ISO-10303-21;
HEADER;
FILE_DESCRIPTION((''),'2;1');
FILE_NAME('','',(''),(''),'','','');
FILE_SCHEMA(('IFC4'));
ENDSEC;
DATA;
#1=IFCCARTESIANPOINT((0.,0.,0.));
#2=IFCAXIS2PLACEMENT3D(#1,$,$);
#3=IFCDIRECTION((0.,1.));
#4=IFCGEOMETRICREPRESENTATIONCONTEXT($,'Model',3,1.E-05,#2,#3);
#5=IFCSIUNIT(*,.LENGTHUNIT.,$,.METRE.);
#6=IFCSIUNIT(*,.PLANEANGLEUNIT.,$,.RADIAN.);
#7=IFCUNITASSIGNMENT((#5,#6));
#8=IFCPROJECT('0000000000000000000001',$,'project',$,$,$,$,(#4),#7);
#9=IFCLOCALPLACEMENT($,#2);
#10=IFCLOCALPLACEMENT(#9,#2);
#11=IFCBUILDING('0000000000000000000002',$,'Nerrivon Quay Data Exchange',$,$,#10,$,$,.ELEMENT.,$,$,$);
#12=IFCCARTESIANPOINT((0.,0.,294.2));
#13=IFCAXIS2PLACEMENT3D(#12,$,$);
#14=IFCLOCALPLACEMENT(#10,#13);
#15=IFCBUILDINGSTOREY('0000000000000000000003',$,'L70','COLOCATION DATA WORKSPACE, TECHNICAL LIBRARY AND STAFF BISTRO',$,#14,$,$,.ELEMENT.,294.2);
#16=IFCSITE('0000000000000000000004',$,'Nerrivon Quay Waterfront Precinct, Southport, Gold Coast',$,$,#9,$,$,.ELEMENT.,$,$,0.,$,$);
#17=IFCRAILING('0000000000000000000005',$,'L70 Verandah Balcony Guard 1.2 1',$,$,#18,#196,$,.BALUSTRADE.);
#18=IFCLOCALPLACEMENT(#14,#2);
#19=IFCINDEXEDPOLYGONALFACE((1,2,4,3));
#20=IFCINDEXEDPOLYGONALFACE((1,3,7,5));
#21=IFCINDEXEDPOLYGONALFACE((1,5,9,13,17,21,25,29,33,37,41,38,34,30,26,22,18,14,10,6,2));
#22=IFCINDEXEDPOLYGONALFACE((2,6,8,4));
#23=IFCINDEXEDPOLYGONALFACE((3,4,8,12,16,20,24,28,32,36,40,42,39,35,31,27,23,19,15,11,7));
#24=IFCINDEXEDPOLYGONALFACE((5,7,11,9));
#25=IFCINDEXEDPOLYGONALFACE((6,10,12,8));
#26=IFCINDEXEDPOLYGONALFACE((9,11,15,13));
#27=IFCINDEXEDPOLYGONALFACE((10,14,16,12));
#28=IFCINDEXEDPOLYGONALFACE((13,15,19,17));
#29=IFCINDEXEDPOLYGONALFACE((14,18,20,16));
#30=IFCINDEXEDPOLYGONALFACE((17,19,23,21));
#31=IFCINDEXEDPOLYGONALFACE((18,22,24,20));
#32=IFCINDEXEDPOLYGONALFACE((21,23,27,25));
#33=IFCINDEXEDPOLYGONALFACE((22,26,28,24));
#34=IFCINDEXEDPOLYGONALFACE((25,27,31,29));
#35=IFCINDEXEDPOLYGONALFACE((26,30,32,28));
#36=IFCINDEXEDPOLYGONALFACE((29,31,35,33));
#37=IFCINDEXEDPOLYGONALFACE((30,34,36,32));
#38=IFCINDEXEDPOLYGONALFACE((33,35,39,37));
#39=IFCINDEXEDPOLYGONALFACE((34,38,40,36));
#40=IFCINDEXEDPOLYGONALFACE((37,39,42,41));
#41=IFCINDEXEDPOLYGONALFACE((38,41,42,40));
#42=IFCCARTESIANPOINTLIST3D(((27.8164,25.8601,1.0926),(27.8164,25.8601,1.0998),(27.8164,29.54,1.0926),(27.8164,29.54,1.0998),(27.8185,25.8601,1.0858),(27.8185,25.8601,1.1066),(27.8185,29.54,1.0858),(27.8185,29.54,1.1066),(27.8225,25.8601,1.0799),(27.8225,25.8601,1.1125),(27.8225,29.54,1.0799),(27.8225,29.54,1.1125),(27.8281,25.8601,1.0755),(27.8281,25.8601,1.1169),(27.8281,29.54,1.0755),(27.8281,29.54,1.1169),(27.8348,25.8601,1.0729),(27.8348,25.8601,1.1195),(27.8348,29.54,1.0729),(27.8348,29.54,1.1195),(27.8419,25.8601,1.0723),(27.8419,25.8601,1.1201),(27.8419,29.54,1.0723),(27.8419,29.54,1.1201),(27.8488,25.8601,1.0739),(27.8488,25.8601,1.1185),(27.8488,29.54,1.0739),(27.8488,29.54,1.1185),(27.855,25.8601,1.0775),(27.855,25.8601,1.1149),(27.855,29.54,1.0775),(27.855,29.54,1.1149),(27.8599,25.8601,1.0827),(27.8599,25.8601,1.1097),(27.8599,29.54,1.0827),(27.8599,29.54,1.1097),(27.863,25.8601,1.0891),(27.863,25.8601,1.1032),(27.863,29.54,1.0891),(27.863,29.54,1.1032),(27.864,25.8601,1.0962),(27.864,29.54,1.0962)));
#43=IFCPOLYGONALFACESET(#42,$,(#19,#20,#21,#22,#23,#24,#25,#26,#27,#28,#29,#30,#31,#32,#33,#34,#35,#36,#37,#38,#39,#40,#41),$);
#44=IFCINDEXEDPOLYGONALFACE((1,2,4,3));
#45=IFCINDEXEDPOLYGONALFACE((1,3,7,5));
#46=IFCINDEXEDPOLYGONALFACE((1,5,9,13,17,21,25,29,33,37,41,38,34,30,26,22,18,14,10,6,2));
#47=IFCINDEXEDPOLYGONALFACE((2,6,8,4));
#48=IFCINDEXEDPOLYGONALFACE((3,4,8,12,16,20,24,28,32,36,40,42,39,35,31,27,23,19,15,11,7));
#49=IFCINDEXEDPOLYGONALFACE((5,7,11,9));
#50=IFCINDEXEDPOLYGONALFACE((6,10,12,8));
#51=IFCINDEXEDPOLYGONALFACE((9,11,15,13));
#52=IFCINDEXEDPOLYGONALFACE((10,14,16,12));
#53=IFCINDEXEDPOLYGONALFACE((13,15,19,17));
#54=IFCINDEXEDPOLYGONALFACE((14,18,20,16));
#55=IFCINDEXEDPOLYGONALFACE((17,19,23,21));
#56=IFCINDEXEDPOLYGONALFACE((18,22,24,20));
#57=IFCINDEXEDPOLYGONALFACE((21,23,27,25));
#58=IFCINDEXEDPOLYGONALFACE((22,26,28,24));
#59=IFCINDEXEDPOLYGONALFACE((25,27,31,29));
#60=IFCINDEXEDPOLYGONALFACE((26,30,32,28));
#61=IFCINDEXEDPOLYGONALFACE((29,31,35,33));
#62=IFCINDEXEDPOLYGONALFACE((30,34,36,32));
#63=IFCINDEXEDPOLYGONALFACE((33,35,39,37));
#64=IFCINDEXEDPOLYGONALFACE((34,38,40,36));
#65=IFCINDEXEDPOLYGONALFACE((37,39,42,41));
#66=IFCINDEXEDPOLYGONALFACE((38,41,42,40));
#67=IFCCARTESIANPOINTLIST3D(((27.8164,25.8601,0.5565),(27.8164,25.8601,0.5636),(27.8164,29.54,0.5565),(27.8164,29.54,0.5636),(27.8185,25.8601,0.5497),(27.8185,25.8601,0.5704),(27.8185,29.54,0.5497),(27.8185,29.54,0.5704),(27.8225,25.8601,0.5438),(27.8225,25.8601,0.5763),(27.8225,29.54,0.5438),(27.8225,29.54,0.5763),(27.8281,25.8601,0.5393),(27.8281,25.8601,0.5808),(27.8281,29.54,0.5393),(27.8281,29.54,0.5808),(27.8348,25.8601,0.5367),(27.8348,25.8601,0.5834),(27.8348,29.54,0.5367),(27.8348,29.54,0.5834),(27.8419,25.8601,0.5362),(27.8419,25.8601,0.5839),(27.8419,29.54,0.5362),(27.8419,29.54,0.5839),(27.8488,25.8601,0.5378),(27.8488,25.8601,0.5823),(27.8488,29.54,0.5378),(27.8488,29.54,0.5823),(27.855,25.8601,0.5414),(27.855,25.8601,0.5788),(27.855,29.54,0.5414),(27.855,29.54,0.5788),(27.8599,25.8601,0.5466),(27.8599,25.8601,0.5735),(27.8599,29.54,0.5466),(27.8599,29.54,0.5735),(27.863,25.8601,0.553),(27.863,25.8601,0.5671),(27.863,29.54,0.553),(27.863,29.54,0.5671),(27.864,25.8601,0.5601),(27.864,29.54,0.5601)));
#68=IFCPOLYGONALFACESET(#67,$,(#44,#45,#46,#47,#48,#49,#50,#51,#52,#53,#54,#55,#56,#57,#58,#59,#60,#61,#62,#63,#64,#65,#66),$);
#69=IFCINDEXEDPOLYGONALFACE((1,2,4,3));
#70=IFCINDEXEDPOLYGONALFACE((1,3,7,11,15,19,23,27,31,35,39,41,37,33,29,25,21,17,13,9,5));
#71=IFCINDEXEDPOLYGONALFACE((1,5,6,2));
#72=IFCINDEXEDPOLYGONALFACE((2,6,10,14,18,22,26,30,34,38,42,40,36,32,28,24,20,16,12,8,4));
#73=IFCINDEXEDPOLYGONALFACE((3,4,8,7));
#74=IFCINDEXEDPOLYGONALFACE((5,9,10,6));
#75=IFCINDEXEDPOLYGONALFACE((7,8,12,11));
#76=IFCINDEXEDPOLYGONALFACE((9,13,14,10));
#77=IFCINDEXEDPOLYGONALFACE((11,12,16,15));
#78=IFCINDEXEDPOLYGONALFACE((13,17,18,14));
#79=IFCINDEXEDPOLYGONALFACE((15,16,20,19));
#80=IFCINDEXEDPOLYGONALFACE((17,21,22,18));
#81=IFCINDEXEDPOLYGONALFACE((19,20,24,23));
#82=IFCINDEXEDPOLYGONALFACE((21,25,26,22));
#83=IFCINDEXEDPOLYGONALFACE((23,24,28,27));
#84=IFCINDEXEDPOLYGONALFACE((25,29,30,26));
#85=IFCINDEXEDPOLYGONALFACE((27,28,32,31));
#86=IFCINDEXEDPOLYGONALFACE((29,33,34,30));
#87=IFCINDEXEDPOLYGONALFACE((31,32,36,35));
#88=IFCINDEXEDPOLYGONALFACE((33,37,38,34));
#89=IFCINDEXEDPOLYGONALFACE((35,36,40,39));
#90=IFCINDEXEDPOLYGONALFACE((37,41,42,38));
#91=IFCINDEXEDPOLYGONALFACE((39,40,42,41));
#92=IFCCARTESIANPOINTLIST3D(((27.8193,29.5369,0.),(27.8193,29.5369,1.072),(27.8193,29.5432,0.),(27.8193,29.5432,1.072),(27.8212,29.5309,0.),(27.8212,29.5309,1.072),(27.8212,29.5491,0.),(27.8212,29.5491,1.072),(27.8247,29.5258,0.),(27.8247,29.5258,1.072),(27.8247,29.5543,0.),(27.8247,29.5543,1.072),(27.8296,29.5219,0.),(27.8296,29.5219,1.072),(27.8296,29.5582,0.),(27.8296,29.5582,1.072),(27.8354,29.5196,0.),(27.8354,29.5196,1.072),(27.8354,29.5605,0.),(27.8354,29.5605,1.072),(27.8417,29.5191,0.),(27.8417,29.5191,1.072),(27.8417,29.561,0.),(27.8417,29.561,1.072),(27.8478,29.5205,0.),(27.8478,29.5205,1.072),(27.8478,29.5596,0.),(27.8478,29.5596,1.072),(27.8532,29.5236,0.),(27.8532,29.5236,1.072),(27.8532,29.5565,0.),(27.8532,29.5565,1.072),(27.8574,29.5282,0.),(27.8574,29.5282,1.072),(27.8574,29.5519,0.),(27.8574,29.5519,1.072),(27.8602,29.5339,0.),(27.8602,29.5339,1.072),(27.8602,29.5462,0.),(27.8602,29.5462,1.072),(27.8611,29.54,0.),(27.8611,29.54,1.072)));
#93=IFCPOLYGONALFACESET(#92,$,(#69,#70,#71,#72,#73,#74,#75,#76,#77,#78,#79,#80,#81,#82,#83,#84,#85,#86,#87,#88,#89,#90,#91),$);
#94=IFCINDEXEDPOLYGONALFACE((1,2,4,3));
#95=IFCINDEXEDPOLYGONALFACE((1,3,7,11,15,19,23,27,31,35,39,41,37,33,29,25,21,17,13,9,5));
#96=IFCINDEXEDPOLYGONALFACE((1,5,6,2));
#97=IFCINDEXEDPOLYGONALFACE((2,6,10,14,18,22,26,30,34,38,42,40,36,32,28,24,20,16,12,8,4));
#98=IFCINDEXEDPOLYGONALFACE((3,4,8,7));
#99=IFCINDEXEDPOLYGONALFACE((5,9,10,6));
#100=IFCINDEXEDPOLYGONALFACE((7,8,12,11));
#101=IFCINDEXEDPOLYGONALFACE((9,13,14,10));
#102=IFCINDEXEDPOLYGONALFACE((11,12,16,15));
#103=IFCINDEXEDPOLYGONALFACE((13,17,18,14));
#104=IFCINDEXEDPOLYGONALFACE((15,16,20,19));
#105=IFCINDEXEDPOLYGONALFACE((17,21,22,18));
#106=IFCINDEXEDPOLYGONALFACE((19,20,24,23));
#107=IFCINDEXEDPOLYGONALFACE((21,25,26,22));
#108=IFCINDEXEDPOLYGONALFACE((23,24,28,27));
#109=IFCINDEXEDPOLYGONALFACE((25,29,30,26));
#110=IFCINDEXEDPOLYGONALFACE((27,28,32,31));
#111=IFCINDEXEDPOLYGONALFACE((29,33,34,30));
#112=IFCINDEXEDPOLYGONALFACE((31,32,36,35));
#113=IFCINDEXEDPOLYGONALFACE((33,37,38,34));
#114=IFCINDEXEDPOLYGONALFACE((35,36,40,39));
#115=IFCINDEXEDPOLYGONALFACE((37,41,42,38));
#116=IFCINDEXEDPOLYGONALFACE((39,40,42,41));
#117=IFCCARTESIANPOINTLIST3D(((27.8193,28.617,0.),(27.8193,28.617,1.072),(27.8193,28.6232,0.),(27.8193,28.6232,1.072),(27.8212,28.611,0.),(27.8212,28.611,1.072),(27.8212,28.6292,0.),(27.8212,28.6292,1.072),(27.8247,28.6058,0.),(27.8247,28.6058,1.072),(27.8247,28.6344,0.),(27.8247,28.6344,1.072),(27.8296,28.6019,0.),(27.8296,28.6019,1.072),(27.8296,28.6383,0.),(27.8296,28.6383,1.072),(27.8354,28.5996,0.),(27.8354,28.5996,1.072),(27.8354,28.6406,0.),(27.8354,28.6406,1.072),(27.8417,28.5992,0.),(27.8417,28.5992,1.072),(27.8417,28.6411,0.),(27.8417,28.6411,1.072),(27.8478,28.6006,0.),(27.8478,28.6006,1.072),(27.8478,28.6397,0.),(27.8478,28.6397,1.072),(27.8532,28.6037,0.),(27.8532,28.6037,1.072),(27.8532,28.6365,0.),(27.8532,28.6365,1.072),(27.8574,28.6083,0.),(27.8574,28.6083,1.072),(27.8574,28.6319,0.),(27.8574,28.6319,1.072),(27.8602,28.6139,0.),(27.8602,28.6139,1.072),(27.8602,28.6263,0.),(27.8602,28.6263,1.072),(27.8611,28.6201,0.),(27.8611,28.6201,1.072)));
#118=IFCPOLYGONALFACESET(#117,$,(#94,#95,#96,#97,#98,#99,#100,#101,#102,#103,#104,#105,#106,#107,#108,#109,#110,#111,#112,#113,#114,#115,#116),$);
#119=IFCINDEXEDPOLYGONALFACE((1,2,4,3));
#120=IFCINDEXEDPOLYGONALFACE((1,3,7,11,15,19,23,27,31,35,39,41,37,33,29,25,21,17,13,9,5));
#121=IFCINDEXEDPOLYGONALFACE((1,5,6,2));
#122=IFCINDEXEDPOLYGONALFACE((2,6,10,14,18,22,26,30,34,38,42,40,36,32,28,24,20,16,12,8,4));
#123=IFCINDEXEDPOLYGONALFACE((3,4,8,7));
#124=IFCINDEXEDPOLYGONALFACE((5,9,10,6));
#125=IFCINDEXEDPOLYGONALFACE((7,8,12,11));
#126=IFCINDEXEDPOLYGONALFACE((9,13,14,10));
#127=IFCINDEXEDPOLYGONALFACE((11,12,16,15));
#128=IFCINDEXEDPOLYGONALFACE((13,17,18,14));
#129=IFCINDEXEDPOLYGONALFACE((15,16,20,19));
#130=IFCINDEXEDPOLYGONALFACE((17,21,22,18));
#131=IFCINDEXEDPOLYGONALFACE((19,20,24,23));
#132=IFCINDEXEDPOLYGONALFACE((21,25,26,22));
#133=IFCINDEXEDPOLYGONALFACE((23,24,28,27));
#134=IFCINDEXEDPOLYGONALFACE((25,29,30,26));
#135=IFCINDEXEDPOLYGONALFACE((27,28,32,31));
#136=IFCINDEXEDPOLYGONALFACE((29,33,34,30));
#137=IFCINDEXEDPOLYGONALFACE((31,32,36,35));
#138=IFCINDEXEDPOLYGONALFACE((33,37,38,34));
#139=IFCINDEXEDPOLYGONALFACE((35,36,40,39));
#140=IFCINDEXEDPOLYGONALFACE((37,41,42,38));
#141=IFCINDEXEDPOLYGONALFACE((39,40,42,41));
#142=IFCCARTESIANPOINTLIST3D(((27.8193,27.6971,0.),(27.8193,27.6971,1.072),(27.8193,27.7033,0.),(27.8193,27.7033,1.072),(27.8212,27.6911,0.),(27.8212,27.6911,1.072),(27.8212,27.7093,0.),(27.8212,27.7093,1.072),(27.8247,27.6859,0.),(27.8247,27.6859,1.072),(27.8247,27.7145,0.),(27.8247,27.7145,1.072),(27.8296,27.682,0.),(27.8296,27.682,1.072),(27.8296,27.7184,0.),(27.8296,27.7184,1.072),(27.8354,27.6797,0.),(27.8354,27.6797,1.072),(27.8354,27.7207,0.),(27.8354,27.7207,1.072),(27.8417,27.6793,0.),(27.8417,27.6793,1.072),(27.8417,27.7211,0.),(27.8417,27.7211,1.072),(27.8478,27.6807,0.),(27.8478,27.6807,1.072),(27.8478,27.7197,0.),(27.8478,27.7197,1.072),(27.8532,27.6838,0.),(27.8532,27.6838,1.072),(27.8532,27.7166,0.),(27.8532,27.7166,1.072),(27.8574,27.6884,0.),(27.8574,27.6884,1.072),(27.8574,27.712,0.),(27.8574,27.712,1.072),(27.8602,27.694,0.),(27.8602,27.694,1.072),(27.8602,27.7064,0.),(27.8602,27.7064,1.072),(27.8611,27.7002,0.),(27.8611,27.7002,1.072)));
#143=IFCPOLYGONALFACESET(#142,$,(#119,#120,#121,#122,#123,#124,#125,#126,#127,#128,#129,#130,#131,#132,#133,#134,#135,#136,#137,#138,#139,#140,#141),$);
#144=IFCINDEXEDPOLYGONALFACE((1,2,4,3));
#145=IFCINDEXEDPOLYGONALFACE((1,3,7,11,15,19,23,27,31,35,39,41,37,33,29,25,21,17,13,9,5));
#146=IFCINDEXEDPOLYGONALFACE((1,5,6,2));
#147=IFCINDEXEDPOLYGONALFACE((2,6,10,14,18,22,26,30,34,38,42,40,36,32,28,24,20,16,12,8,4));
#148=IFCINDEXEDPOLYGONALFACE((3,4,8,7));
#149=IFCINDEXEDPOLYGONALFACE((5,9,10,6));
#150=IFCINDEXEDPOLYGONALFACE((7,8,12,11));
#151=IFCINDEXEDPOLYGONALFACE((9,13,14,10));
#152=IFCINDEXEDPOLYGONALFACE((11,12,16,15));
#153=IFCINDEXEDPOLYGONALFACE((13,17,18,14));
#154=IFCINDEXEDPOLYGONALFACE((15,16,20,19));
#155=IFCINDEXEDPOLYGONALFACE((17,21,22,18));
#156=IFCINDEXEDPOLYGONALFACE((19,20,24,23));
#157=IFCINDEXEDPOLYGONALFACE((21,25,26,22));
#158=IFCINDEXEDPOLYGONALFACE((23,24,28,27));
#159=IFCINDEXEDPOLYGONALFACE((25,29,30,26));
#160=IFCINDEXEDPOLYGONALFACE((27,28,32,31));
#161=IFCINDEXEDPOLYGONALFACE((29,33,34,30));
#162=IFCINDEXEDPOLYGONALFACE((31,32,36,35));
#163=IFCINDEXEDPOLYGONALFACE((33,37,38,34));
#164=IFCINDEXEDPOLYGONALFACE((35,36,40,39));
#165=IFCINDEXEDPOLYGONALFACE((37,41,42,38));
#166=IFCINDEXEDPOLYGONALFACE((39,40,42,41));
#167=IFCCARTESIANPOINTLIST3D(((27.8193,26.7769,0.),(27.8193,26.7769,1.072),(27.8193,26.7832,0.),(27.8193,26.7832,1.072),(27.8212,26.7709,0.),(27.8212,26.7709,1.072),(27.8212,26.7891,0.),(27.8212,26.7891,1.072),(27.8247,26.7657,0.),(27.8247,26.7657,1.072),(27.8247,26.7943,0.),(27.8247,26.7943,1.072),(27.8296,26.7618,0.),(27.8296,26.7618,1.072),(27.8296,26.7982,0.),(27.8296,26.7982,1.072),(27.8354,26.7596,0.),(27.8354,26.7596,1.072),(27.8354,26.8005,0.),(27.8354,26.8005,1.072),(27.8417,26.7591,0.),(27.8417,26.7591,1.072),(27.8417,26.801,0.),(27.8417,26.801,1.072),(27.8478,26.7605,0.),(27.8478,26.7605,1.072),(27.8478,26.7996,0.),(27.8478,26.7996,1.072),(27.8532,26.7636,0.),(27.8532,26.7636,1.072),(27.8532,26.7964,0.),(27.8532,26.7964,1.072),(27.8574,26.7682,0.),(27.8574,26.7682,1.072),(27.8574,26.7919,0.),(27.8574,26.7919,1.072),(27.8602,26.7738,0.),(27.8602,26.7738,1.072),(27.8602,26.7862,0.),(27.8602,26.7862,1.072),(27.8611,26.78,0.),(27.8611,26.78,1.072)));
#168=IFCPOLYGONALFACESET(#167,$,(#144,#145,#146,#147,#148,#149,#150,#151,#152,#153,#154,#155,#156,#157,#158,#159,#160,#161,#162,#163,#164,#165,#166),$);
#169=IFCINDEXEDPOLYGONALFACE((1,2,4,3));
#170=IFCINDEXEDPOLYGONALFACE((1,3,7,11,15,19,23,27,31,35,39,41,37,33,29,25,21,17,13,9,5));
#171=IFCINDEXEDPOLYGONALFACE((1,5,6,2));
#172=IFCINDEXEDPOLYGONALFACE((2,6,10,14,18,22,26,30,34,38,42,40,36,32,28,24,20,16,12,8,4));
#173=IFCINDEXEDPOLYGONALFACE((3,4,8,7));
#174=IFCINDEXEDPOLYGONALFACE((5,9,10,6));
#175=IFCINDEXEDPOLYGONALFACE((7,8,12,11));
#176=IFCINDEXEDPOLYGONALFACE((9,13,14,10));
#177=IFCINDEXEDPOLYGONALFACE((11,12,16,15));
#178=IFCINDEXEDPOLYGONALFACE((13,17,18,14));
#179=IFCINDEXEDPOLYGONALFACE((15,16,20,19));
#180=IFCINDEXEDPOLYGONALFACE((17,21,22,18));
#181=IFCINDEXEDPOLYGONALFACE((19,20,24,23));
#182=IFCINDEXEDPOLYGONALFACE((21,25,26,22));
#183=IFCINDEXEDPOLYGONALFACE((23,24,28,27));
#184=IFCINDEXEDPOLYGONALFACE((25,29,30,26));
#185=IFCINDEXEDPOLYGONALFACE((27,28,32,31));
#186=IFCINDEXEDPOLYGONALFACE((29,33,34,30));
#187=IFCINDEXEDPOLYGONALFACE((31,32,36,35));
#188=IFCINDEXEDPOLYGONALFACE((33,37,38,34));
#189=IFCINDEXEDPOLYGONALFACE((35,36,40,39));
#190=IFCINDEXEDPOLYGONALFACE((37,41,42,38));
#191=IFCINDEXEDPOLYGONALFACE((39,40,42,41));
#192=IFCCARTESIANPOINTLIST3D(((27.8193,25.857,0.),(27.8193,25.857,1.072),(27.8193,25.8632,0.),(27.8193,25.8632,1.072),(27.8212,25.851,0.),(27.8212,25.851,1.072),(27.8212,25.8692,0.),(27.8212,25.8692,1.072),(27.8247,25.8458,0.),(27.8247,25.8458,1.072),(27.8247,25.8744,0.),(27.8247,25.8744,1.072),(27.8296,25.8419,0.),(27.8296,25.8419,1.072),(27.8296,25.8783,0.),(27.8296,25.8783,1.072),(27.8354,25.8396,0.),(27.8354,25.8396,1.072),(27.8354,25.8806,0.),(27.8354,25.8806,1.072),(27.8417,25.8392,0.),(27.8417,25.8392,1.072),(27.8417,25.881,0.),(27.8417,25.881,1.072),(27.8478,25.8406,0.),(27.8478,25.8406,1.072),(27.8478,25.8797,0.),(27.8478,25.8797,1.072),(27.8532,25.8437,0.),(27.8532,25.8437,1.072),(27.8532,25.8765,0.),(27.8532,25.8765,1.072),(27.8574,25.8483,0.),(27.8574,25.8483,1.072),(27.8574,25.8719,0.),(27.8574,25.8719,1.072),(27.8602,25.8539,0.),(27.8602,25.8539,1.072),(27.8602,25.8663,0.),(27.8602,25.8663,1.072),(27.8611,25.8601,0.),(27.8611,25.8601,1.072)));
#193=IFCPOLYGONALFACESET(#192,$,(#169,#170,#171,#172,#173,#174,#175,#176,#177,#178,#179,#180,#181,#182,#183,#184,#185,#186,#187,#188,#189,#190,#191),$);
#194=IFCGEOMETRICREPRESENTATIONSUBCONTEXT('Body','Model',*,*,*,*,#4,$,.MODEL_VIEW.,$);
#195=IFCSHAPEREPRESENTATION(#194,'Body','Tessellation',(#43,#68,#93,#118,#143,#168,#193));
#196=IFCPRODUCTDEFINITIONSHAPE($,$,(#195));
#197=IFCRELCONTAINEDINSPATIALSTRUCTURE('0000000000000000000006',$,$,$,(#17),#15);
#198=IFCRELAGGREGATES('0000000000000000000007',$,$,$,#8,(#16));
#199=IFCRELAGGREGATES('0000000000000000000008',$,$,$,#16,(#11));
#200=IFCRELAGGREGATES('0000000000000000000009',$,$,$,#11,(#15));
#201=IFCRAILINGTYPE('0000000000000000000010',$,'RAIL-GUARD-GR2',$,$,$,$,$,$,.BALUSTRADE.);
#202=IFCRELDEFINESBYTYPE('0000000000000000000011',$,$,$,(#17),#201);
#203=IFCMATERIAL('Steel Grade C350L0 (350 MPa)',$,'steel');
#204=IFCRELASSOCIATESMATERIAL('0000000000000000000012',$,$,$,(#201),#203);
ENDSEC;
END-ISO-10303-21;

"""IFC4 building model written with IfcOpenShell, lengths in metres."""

from ifc_helpers import new_model, si_unit, direction, frame, origin, origin_2d, place, context, subcontext, project, spatial, circle, extrude, material, type_object, element, save


model = new_model("IFC4")

# Units and contexts
model_context = context("Model", 3, precision=1e-05, world=origin(), true_north=direction((0.0, 1.0)))
body_context = subcontext(model_context, "Body", "Model", "MODEL_VIEW")
ifc_project = project(units=[si_unit("LENGTHUNIT", "METRE"), si_unit("PLANEANGLEUNIT", "RADIAN")], contexts=[model_context])

# Site, building, storey
site_placement = place(None, origin())
site = spatial("IfcSite", under=ifc_project, at=site_placement, Name="Nerrivon Quay Waterfront Precinct, Southport, Gold Coast", CompositionType="ELEMENT", RefElevation=0.0)
building_placement = place(site_placement, origin())
building = spatial("IfcBuilding", under=site, at=building_placement, Name="Nerrivon Quay Data Exchange", CompositionType="ELEMENT")
storey_placement = place(building_placement, frame((0.0, 0.0, 294.2)))
storey = spatial("IfcBuildingStorey", under=building, at=storey_placement, Name="L70", Description="COLOCATION DATA WORKSPACE, TECHNICAL LIBRARY AND STAFF BISTRO", CompositionType="ELEMENT", Elevation=294.2)

# Shared definitions
ifc_material_1 = material(Name="Steel Grade C350L0 (350 MPa)", Category="steel")

# Railing
railing_type = type_object("IfcRailingType", Name="RAIL-GUARD-GR2", PredefinedType="BALUSTRADE", material=ifc_material_1)
railing_1_placement = place(storey_placement, frame((27.8401, 29.54, 0.0)))
element("IfcRailing", 1, at=railing_1_placement, inside=storey, type_object=railing_type, Name="L70 Verandah Balcony Guard 1.2 1", PredefinedType="BALUSTRADE", context=body_context, shape_type="SweptSolid", body=[
    extrude(circle(Radius=0.0239, at=origin_2d()), frame((0.0, 0.0, 1.0962), z_axis=(0.0, -1.0, 0.0), x_axis=(1.0, 0.0, 0.0)), (0.0, 0.0, 1.0), 3.6799),
    extrude(circle(Radius=0.0239, at=origin_2d()), frame((0.0, 0.0, 0.5601), z_axis=(0.0, -1.0, 0.0), x_axis=(1.0, 0.0, 0.0)), (0.0, 0.0, 1.0), 3.6799),
    extrude(circle(Radius=0.021, at=origin_2d()), origin(), (0.0, 0.0, 1.0), 1.072),
    extrude(circle(Radius=0.021, at=origin_2d()), frame((0.0, -0.9199, 0.0)), (0.0, 0.0, 1.0), 1.072),
    extrude(circle(Radius=0.021, at=origin_2d()), frame((0.0, -1.8398, 0.0)), (0.0, 0.0, 1.0), 1.072),
    extrude(circle(Radius=0.021, at=origin_2d()), frame((0.0, -2.76, 0.0)), (0.0, 0.0, 1.0), 1.072),
    extrude(circle(Radius=0.021, at=origin_2d()), frame((0.0, -3.6799, 0.0)), (0.0, 0.0, 1.0), 1.072),
])

save(model, "model.ifc")
